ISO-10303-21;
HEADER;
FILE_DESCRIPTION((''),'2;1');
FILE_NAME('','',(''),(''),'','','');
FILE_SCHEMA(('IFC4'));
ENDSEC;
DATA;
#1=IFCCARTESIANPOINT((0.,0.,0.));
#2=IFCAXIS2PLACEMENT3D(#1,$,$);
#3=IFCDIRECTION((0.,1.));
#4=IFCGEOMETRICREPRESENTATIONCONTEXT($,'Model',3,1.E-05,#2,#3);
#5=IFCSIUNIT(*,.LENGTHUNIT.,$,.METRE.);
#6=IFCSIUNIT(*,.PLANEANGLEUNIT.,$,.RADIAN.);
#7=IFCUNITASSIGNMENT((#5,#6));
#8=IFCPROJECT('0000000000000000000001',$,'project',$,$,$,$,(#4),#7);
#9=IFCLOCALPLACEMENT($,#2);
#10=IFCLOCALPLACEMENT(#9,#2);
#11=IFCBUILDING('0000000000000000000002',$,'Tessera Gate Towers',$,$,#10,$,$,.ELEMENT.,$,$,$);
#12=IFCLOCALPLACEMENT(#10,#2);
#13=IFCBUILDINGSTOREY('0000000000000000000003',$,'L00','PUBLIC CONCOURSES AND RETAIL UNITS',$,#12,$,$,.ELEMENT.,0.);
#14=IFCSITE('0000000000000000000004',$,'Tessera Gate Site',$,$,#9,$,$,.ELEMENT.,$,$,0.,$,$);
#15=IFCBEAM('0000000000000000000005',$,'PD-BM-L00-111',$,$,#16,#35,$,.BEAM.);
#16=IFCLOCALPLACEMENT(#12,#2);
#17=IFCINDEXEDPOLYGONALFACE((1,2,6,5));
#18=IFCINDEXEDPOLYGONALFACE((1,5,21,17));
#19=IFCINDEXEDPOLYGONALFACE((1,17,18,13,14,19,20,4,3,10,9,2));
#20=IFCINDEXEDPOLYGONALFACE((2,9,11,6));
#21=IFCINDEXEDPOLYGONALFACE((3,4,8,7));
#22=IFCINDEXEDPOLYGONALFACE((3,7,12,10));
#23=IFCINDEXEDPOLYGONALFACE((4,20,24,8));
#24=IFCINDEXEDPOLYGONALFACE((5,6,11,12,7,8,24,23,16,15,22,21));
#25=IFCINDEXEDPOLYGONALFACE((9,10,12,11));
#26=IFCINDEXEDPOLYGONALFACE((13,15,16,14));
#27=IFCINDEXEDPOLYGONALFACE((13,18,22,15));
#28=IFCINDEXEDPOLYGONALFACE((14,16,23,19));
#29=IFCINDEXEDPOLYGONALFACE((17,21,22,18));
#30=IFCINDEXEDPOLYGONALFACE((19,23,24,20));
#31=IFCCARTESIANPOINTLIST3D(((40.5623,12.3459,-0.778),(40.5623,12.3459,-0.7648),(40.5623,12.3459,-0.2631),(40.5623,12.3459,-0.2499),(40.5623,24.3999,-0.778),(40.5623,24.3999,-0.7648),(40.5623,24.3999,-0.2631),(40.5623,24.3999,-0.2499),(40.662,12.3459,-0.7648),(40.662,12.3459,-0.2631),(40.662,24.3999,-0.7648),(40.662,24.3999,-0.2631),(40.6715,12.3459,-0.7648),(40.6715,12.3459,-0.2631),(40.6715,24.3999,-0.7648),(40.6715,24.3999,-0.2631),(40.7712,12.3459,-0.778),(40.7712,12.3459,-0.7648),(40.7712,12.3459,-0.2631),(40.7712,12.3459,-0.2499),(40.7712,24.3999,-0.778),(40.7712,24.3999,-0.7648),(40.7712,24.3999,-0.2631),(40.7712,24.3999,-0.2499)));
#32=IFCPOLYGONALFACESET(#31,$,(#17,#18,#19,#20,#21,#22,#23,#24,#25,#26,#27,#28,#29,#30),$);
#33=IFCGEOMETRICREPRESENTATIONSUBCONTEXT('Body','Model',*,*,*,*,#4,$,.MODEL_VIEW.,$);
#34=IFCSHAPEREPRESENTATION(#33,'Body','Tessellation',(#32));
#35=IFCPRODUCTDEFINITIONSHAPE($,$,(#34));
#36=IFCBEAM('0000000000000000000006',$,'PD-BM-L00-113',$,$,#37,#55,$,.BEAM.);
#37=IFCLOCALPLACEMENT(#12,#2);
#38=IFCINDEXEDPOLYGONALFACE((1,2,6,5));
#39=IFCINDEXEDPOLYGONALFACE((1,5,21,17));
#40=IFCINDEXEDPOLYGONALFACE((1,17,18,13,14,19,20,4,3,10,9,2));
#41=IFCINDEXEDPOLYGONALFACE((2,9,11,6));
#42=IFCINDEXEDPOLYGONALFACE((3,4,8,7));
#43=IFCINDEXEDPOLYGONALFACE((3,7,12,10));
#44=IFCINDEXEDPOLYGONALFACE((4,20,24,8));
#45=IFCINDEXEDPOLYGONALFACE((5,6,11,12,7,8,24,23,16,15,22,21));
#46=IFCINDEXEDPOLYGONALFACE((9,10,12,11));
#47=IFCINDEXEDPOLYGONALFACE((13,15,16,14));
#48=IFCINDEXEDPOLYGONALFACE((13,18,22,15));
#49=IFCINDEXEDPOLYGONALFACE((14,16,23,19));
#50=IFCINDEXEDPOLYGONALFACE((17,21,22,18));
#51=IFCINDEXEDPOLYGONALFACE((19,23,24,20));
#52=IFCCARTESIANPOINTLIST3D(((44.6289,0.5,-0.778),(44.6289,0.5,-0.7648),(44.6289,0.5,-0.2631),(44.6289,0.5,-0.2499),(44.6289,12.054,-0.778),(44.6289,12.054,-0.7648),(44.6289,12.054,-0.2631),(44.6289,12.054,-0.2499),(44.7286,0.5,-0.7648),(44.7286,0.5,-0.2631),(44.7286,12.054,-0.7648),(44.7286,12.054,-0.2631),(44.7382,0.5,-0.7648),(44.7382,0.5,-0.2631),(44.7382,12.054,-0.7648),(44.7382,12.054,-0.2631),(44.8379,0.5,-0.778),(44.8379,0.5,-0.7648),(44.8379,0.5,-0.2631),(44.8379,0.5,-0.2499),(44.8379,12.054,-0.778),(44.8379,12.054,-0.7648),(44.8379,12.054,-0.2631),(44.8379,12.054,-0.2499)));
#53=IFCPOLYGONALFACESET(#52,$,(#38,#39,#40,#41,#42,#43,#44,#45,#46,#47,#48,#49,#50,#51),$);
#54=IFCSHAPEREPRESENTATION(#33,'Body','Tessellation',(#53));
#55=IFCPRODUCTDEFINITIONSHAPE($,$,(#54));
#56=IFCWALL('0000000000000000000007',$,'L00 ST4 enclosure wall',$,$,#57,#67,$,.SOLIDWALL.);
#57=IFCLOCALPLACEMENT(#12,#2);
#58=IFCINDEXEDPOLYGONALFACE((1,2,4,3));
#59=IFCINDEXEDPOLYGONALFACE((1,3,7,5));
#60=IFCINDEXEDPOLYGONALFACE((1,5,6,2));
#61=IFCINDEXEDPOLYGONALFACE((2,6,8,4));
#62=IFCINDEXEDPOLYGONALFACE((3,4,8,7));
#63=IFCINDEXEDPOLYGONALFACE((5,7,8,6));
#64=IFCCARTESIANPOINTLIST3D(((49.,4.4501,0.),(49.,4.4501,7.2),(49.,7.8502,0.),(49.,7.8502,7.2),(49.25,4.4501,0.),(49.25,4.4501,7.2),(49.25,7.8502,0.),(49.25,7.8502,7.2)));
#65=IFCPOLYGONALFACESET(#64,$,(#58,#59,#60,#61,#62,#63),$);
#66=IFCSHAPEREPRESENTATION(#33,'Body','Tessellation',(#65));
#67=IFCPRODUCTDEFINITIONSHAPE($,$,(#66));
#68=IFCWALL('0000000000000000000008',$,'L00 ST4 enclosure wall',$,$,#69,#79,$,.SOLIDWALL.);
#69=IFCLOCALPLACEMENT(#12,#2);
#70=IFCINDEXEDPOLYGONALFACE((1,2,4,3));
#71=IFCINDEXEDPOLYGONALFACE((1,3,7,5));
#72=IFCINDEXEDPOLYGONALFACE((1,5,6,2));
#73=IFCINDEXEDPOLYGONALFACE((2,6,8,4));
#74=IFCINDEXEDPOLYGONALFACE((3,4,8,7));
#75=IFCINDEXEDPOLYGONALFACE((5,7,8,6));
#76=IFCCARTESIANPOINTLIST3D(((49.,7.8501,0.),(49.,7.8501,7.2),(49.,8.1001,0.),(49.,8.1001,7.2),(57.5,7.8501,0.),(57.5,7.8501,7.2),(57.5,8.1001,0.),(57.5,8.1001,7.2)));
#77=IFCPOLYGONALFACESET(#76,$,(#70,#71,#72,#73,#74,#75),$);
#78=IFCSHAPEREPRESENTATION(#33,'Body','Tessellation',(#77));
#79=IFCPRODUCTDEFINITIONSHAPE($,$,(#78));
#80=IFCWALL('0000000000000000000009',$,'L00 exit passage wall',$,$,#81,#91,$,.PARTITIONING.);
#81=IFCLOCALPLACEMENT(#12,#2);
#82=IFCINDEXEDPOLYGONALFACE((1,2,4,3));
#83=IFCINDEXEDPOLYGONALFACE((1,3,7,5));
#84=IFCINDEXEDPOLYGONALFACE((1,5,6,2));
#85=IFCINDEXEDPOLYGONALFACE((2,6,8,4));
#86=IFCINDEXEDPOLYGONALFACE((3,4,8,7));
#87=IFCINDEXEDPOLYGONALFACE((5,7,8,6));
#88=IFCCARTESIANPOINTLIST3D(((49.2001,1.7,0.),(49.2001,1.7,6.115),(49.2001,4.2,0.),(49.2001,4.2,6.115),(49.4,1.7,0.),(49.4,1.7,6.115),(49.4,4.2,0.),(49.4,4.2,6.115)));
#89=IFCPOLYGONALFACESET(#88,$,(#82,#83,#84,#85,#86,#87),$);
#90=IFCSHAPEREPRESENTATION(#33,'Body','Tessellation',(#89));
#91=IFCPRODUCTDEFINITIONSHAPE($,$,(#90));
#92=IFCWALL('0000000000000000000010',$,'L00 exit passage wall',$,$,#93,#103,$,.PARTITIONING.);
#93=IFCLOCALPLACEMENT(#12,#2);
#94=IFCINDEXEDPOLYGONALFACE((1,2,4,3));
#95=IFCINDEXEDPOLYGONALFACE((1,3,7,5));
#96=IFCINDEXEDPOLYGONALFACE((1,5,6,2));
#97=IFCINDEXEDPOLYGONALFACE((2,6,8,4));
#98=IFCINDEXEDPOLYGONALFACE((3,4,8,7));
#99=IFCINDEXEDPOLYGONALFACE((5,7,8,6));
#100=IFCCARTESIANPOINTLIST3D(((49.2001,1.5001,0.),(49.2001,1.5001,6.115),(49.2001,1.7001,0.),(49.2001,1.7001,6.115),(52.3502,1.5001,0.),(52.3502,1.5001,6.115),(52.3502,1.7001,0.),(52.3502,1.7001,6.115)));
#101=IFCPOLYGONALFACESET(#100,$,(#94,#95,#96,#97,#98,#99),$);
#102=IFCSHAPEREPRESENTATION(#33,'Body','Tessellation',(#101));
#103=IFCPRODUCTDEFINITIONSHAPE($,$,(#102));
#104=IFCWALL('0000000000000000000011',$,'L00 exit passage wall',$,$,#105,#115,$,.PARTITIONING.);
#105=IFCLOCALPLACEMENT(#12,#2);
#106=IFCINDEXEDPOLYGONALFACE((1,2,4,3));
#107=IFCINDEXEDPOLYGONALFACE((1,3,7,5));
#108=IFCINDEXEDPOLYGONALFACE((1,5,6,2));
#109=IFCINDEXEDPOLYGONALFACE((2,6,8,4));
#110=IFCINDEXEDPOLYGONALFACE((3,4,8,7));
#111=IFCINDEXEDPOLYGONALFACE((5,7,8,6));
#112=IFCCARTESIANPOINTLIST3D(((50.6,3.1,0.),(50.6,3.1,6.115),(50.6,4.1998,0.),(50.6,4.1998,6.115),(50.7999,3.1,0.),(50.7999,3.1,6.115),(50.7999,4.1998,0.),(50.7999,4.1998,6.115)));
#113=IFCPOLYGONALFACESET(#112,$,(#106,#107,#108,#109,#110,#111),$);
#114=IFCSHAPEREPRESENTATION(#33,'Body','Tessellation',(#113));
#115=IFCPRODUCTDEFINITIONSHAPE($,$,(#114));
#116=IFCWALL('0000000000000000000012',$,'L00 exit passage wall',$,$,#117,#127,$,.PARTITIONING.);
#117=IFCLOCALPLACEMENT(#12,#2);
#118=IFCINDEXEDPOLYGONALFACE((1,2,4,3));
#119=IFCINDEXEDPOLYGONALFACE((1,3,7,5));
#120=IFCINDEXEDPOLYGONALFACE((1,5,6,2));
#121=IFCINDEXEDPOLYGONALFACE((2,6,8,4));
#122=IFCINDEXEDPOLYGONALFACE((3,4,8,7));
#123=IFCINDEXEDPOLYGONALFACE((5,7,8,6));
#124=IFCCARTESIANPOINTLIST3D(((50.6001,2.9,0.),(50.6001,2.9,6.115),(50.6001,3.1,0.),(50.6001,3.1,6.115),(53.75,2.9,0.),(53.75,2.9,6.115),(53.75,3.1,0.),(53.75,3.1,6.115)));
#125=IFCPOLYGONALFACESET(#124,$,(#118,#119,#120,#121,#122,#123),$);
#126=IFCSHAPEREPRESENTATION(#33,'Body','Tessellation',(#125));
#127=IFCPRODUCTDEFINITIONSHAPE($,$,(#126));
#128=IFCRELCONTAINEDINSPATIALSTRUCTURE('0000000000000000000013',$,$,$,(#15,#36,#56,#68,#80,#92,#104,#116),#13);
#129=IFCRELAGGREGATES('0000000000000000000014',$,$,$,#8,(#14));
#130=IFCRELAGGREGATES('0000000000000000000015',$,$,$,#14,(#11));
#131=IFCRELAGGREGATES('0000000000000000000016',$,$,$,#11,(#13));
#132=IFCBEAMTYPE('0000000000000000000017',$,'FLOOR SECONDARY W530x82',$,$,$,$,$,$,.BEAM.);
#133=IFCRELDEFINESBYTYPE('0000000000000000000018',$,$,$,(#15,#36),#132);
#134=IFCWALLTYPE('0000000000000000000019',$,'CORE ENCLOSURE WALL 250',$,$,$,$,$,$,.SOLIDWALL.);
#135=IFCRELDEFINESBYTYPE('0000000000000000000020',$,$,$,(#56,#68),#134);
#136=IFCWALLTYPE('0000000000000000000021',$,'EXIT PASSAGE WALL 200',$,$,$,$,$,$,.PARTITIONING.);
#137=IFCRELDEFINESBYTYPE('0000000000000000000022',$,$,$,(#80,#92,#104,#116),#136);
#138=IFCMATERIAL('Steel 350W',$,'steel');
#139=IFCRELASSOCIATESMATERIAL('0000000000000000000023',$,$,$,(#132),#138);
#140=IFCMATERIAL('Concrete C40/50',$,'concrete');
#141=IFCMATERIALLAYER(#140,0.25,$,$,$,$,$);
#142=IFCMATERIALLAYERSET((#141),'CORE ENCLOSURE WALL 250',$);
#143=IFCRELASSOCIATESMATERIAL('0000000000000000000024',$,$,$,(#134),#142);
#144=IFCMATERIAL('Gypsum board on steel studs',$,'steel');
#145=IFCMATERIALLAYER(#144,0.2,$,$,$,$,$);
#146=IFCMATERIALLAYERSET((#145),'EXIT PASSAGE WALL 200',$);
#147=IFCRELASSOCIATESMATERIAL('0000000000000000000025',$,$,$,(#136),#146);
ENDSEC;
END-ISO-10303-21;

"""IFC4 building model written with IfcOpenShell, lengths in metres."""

from ifc_helpers import new_model, si_unit, direction, frame, frame_2d, origin, origin_2d, place, context, subcontext, project, spatial, rectangle, i_section, extrude, material, layer, layer_set, material_profile, profile_set, type_object, element, save


model = new_model("IFC4")

# Units and contexts
model_context = context("Model", 3, precision=1e-05, world=origin(), true_north=direction((0.0, 1.0)))
body_context = subcontext(model_context, "Body", "Model", "MODEL_VIEW")
ifc_project = project(units=[si_unit("LENGTHUNIT", "METRE"), si_unit("PLANEANGLEUNIT", "RADIAN")], contexts=[model_context])

# Site, building, storey
site_placement = place(None, origin())
site = spatial("IfcSite", under=ifc_project, at=site_placement, Name="Tessera Gate Site", CompositionType="ELEMENT", RefElevation=0.0)
building_placement = place(site_placement, origin())
building = spatial("IfcBuilding", under=site, at=building_placement, Name="Tessera Gate Towers", CompositionType="ELEMENT")
storey_placement = place(building_placement, origin())
storey = spatial("IfcBuildingStorey", under=building, at=storey_placement, Name="L00", Description="PUBLIC CONCOURSES AND RETAIL UNITS", CompositionType="ELEMENT", Elevation=0.0)

# Beams
ifc_material_1 = material(Name="Steel 350W", Category="steel")
ifc_material_profile_1 = material_profile(ifc_material_1, i_section(OverallWidth=0.209, OverallDepth=0.5281, WebThickness=0.0095, FlangeThickness=0.0132, at=origin_2d()), Name="W530x82")
ifc_profile_set_1 = profile_set([ifc_material_profile_1], Name="Steel 350W")
beam_type_1 = type_object("IfcBeamType", Name="FLOOR SECONDARY W530x82", PredefinedType="BEAM", material=ifc_profile_set_1)
beam_1_placement = place(storey_placement, frame((40.6667, 12.3459, -0.5139), z_axis=(0.0, 1.0, 0.0), x_axis=(-1.0, 0.0, 0.0)))
element("IfcBeam", 1, at=beam_1_placement, inside=storey, type_object=beam_type_1, Name="PD-BM-L00-111", PredefinedType="BEAM", context=body_context, shape_type="SweptSolid", body=[
    extrude(i_section(OverallWidth=0.209, OverallDepth=0.5281, WebThickness=0.0095, FlangeThickness=0.0132, at=origin_2d()), origin(), (0.0, 0.0, 1.0), 12.054),
])
beam_2_placement = place(storey_placement, frame((44.7334, 0.5, -0.5139), z_axis=(0.0, 1.0, 0.0), x_axis=(-1.0, 0.0, 0.0)))
element("IfcBeam", 2, at=beam_2_placement, inside=storey, type_object=beam_type_1, Name="PD-BM-L00-113", PredefinedType="BEAM", context=body_context, shape_type="SweptSolid", body=[
    extrude(i_section(OverallWidth=0.209, OverallDepth=0.5281, WebThickness=0.0095, FlangeThickness=0.0132, at=origin_2d()), origin(), (0.0, 0.0, 1.0), 11.554),
])

# Walls
ifc_material_2 = material(Name="Concrete C40/50", Category="concrete")
ifc_layer_1 = layer(ifc_material_2, 0.25)
ifc_layer_set_1 = layer_set([ifc_layer_1], Name="CORE ENCLOSURE WALL 250")
wall_type_1 = type_object("IfcWallType", Name="CORE ENCLOSURE WALL 250", PredefinedType="SOLIDWALL", material=ifc_layer_set_1)
wall_1_placement = place(storey_placement, frame((49.125, 4.45, 0.0), z_axis=(0.0, 0.0, 1.0), x_axis=(0.0, 1.0, 0.0)))
element("IfcWall", 3, at=wall_1_placement, inside=storey, type_object=wall_type_1, Name="L00 ST4 enclosure wall", PredefinedType="SOLIDWALL", context=body_context, shape_type="SweptSolid", body=[
    extrude(rectangle(XDim=3.4001, YDim=0.25, at=frame_2d((1.7002, 0.0))), origin(), (0.0, 0.0, 1.0), 7.2),
])
wall_2_placement = place(storey_placement, frame((49.0, 7.9751, 0.0), z_axis=(0.0, 0.0, 1.0), x_axis=(1.0, 0.0, 0.0)))
element("IfcWall", 4, at=wall_2_placement, inside=storey, type_object=wall_type_1, Name="L00 ST4 enclosure wall", PredefinedType="SOLIDWALL", context=body_context, shape_type="SweptSolid", body=[
    extrude(rectangle(XDim=8.5, YDim=0.25, at=frame_2d((4.25, 0.0))), origin(), (0.0, 0.0, 1.0), 7.2),
])
ifc_material_3 = material(Name="Gypsum board on steel studs", Category="steel")
ifc_layer_2 = layer(ifc_material_3, 0.2)
ifc_layer_set_2 = layer_set([ifc_layer_2], Name="EXIT PASSAGE WALL 200")
wall_type_2 = type_object("IfcWallType", Name="EXIT PASSAGE WALL 200", PredefinedType="PARTITIONING", material=ifc_layer_set_2)
wall_3_placement = place(storey_placement, frame((49.3, 1.7, 0.0), z_axis=(0.0, 0.0, 1.0), x_axis=(0.0, 1.0, 0.0)))
element("IfcWall", 5, at=wall_3_placement, inside=storey, type_object=wall_type_2, Name="L00 exit passage wall", PredefinedType="PARTITIONING", context=body_context, shape_type="SweptSolid", body=[
    extrude(rectangle(XDim=2.5, YDim=0.2, at=frame_2d((1.25, 0.0))), origin(), (0.0, 0.0, 1.0), 6.115),
])
wall_4_placement = place(storey_placement, frame((49.2, 1.6001, 0.0), z_axis=(0.0, 0.0, 1.0), x_axis=(1.0, 0.0, 0.0)))
element("IfcWall", 6, at=wall_4_placement, inside=storey, type_object=wall_type_2, Name="L00 exit passage wall", PredefinedType="PARTITIONING", context=body_context, shape_type="SweptSolid", body=[
    extrude(rectangle(XDim=3.1501, YDim=0.2, at=frame_2d((1.5752, 0.0))), origin(), (0.0, 0.0, 1.0), 6.115),
])
wall_5_placement = place(storey_placement, frame((50.7, 3.1001, 0.0), z_axis=(0.0, 0.0, 1.0), x_axis=(0.0, 1.0, 0.0)))
element("IfcWall", 7, at=wall_5_placement, inside=storey, type_object=wall_type_2, Name="L00 exit passage wall", PredefinedType="PARTITIONING", context=body_context, shape_type="SweptSolid", body=[
    extrude(rectangle(XDim=1.0999, YDim=0.2, at=frame_2d((0.5498, 0.0))), origin(), (0.0, 0.0, 1.0), 6.115),
])
wall_6_placement = place(storey_placement, frame((50.6001, 3.0, 0.0), z_axis=(0.0, 0.0, 1.0), x_axis=(1.0, 0.0, 0.0)))
element("IfcWall", 8, at=wall_6_placement, inside=storey, type_object=wall_type_2, Name="L00 exit passage wall", PredefinedType="PARTITIONING", context=body_context, shape_type="SweptSolid", body=[
    extrude(rectangle(XDim=3.1499, YDim=0.2, at=frame_2d((1.575, 0.0))), origin(), (0.0, 0.0, 1.0), 6.115),
])

save(model, "model.ifc")
